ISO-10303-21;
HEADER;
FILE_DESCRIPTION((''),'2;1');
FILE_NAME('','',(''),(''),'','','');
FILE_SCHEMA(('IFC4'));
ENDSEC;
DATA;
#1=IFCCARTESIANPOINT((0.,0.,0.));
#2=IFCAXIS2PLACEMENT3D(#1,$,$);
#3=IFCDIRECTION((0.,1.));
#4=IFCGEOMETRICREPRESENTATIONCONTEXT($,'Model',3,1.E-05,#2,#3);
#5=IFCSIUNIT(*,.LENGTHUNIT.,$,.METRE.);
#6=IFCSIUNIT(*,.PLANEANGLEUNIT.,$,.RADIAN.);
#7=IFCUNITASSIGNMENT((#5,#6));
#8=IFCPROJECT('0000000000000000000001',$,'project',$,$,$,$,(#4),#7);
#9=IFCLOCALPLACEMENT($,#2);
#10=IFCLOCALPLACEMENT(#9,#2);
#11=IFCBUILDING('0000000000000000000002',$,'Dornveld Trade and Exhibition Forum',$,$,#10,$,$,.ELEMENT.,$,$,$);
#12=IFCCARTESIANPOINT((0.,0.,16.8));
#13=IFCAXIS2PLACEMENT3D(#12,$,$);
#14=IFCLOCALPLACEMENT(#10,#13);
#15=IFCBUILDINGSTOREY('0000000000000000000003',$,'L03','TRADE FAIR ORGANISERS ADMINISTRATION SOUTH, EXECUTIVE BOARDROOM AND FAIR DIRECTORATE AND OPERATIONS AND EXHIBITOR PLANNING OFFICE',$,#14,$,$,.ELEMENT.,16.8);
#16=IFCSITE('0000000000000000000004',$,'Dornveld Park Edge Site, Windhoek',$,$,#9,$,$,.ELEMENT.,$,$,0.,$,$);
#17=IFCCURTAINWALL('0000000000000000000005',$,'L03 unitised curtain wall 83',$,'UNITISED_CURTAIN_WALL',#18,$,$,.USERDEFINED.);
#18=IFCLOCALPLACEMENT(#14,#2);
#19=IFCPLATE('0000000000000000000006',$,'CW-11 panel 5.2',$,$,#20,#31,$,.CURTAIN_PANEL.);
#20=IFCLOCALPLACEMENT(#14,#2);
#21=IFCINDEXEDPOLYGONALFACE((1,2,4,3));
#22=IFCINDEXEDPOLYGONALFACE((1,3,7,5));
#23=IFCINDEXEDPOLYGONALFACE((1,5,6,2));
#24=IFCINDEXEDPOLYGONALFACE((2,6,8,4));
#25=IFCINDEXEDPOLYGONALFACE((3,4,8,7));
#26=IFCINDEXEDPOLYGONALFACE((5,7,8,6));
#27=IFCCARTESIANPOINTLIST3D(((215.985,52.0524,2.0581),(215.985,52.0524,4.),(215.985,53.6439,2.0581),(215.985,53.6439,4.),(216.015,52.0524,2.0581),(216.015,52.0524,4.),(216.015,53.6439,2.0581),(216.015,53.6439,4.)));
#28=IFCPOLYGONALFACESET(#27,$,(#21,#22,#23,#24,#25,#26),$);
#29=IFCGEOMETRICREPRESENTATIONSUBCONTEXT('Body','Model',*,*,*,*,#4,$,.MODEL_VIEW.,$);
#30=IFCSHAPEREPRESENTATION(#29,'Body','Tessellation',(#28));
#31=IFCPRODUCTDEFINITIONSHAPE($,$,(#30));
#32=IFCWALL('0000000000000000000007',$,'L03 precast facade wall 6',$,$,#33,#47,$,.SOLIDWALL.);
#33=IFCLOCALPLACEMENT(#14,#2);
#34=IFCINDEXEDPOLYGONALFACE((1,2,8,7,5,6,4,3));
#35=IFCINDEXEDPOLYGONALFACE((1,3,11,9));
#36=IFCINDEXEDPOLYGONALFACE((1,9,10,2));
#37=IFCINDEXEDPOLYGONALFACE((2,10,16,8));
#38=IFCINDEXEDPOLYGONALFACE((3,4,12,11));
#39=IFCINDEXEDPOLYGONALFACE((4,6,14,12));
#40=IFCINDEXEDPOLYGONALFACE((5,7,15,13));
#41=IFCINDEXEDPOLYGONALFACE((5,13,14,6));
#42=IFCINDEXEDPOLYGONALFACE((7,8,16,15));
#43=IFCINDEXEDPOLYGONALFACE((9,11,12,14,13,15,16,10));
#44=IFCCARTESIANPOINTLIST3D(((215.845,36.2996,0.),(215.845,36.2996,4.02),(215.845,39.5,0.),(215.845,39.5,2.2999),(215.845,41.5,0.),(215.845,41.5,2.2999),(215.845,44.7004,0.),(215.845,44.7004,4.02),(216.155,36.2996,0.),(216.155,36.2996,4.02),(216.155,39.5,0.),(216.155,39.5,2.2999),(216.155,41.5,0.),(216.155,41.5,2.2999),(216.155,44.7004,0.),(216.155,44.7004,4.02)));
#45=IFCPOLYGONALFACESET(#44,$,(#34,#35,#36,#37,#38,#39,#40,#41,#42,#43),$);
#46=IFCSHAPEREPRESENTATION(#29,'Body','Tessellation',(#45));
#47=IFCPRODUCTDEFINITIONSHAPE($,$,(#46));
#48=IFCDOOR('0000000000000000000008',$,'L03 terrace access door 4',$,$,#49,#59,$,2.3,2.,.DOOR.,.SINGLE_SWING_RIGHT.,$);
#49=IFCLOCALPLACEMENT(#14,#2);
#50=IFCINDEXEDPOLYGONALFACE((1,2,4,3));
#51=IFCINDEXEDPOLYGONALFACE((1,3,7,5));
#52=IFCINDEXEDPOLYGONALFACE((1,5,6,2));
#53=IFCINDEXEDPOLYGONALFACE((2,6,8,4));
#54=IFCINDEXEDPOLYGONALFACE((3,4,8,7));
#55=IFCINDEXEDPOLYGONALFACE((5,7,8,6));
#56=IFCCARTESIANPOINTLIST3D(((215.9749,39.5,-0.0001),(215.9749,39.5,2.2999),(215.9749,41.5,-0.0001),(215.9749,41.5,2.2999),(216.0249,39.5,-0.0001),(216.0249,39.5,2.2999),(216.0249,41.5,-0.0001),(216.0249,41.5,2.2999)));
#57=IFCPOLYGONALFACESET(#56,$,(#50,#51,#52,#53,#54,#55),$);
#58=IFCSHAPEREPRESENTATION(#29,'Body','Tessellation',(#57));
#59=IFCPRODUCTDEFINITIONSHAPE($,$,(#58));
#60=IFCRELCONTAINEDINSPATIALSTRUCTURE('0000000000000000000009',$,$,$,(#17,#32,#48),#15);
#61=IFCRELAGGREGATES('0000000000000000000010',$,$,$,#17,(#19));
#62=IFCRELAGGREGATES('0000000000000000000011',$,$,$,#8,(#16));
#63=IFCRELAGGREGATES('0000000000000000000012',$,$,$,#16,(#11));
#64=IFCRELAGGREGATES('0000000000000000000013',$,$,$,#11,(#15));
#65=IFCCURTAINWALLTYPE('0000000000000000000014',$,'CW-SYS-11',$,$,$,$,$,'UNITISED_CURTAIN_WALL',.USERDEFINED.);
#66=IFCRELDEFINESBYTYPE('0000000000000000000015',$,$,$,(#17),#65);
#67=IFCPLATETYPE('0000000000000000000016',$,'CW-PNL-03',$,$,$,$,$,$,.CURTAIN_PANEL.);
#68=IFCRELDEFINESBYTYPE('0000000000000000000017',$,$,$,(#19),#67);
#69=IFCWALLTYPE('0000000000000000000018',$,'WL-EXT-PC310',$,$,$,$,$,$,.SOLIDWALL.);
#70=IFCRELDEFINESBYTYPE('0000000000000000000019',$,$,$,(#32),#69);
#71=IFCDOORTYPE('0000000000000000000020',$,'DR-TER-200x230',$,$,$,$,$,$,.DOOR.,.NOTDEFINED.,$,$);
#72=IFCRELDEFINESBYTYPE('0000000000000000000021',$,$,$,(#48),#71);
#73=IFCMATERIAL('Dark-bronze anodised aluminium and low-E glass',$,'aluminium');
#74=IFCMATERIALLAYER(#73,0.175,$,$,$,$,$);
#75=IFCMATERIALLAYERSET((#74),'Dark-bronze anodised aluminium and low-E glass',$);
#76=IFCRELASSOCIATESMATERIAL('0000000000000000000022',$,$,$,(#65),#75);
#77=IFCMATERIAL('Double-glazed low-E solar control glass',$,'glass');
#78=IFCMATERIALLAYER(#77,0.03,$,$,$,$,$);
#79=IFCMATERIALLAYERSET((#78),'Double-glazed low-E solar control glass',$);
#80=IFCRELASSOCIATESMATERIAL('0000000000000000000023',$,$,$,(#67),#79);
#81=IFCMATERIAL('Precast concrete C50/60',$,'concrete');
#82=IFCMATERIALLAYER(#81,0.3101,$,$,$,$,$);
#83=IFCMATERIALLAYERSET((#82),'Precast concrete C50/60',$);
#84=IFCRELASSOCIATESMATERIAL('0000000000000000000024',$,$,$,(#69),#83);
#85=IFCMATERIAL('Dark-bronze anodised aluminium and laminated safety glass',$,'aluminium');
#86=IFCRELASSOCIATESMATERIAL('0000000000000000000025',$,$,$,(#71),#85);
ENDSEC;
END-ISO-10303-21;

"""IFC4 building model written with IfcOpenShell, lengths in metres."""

from ifc_helpers import new_model, si_unit, direction, frame, frame_2d, origin, origin_2d, place, context, subcontext, project, spatial, rectangle, extrude, material, layer, layer_set, type_object, element, fill, aggregate, save


model = new_model("IFC4")

# Units and contexts
model_context = context("Model", 3, precision=1e-05, world=origin(), true_north=direction((0.0, 1.0)))
body_context = subcontext(model_context, "Body", "Model", "MODEL_VIEW")
ifc_project = project(units=[si_unit("LENGTHUNIT", "METRE"), si_unit("PLANEANGLEUNIT", "RADIAN")], contexts=[model_context])

# Site, building, storey
site_placement = place(None, origin())
site = spatial("IfcSite", under=ifc_project, at=site_placement, Name="Dornveld Park Edge Site, Windhoek", CompositionType="ELEMENT", RefElevation=0.0)
building_placement = place(site_placement, origin())
building = spatial("IfcBuilding", under=site, at=building_placement, Name="Dornveld Trade and Exhibition Forum", CompositionType="ELEMENT")
storey_placement = place(building_placement, frame((0.0, 0.0, 16.8)))
storey = spatial("IfcBuildingStorey", under=building, at=storey_placement, Name="L03", Description="TRADE FAIR ORGANISERS ADMINISTRATION SOUTH, EXECUTIVE BOARDROOM AND FAIR DIRECTORATE AND OPERATIONS AND EXHIBITOR PLANNING OFFICE", CompositionType="ELEMENT", Elevation=16.8)

# Curtain wall, plate
ifc_material_1 = material(Name="Dark-bronze anodised aluminium and low-E glass", Category="aluminium")
ifc_layer_1 = layer(ifc_material_1, 0.175)
ifc_layer_set_1 = layer_set([ifc_layer_1], Name="Dark-bronze anodised aluminium and low-E glass")
curtain_wall_type = type_object("IfcCurtainWallType", Name="CW-SYS-11", ElementType="UNITISED_CURTAIN_WALL", PredefinedType="USERDEFINED", material=ifc_layer_set_1)
curtain_wall_placement = place(storey_placement, origin())
curtain_wall = element("IfcCurtainWall", 1, at=curtain_wall_placement, inside=storey, type_object=curtain_wall_type, Name="L03 unitised curtain wall 83", ObjectType="UNITISED_CURTAIN_WALL", PredefinedType="USERDEFINED")
ifc_material_2 = material(Name="Double-glazed low-E solar control glass", Category="glass")
ifc_layer_2 = layer(ifc_material_2, 0.03)
ifc_layer_set_2 = layer_set([ifc_layer_2], Name="Double-glazed low-E solar control glass")
plate_type = type_object("IfcPlateType", Name="CW-PNL-03", PredefinedType="CURTAIN_PANEL", material=ifc_layer_set_2)
plate_1_placement = place(storey_placement, frame((216.0, 52.8481, 2.0581), z_axis=(0.0, 0.0, 1.0), x_axis=(0.0, 1.0, 0.0)))
plate_1 = element("IfcPlate", 2, at=plate_1_placement, type_object=plate_type, Name="CW-11 panel 5.2", PredefinedType="CURTAIN_PANEL", context=body_context, shape_type="SweptSolid", body=[
    extrude(rectangle(XDim=1.5916, YDim=0.03, at=origin_2d()), origin(), (0.0, 0.0, 1.0), 1.9419),
])
aggregate(curtain_wall, [plate_1])

# Wall, opening, door
ifc_material_3 = material(Name="Precast concrete C50/60", Category="concrete")
ifc_layer_3 = layer(ifc_material_3, 0.3101)
ifc_layer_set_3 = layer_set([ifc_layer_3], Name="Precast concrete C50/60")
wall_type = type_object("IfcWallType", Name="WL-EXT-PC310", PredefinedType="SOLIDWALL", material=ifc_layer_set_3)
wall_placement = place(storey_placement, frame((216.0, 36.2996, 0.0), z_axis=(0.0, 0.0, 1.0), x_axis=(0.0, 1.0, 0.0)))
wall = element("IfcWall", 3, at=wall_placement, inside=storey, type_object=wall_type, Name="L03 precast facade wall 6", PredefinedType="SOLIDWALL", context=body_context, shape_type="SweptSolid", body=[
    extrude(rectangle(XDim=8.4009, YDim=0.3101, at=frame_2d((4.2004, 0.0))), origin(), (0.0, 0.0, 1.0), 4.02),
])
opening_placement = place(wall_placement, frame((3.2004, 0.0, 0.0)))
opening = element("IfcOpeningElement", 4, at=opening_placement, cuts=wall, PredefinedType="OPENING", context=body_context, shape_type="SweptSolid", body=[
    extrude(rectangle(XDim=2.0, YDim=2.3, at=frame_2d((1.0, 1.1499))), frame((0.0, 0.165, 0.0), z_axis=(0.0, -1.0, 0.0), x_axis=(1.0, 0.0, 0.0)), (0.0, 0.0, 1.0), 0.3301),
])
ifc_material_4 = material(Name="Dark-bronze anodised aluminium and laminated safety glass", Category="aluminium")
door_type = type_object("IfcDoorType", Name="DR-TER-200x230", OperationType="NOTDEFINED", PredefinedType="DOOR", material=ifc_material_4)
door_placement = place(opening_placement, frame((2.0, 0.0, 0.0), z_axis=(0.0, 0.0, 1.0), x_axis=(-1.0, 0.0, 0.0)))
door = element("IfcDoor", 5, at=door_placement, inside=storey, type_object=door_type, Name="L03 terrace access door 4", OperationType="SINGLE_SWING_RIGHT", OverallHeight=2.3, OverallWidth=2.0, PredefinedType="DOOR", context=body_context, shape_type="SweptSolid", body=[
    extrude(rectangle(XDim=2.0, YDim=2.3, at=frame_2d((1.0, 1.1499))), frame((0.0, 0.0249, 0.0), z_axis=(0.0, -1.0, 0.0), x_axis=(1.0, 0.0, 0.0)), (0.0, 0.0, 1.0), 0.05),
])
fill(opening, door)

save(model, "model.ifc")
